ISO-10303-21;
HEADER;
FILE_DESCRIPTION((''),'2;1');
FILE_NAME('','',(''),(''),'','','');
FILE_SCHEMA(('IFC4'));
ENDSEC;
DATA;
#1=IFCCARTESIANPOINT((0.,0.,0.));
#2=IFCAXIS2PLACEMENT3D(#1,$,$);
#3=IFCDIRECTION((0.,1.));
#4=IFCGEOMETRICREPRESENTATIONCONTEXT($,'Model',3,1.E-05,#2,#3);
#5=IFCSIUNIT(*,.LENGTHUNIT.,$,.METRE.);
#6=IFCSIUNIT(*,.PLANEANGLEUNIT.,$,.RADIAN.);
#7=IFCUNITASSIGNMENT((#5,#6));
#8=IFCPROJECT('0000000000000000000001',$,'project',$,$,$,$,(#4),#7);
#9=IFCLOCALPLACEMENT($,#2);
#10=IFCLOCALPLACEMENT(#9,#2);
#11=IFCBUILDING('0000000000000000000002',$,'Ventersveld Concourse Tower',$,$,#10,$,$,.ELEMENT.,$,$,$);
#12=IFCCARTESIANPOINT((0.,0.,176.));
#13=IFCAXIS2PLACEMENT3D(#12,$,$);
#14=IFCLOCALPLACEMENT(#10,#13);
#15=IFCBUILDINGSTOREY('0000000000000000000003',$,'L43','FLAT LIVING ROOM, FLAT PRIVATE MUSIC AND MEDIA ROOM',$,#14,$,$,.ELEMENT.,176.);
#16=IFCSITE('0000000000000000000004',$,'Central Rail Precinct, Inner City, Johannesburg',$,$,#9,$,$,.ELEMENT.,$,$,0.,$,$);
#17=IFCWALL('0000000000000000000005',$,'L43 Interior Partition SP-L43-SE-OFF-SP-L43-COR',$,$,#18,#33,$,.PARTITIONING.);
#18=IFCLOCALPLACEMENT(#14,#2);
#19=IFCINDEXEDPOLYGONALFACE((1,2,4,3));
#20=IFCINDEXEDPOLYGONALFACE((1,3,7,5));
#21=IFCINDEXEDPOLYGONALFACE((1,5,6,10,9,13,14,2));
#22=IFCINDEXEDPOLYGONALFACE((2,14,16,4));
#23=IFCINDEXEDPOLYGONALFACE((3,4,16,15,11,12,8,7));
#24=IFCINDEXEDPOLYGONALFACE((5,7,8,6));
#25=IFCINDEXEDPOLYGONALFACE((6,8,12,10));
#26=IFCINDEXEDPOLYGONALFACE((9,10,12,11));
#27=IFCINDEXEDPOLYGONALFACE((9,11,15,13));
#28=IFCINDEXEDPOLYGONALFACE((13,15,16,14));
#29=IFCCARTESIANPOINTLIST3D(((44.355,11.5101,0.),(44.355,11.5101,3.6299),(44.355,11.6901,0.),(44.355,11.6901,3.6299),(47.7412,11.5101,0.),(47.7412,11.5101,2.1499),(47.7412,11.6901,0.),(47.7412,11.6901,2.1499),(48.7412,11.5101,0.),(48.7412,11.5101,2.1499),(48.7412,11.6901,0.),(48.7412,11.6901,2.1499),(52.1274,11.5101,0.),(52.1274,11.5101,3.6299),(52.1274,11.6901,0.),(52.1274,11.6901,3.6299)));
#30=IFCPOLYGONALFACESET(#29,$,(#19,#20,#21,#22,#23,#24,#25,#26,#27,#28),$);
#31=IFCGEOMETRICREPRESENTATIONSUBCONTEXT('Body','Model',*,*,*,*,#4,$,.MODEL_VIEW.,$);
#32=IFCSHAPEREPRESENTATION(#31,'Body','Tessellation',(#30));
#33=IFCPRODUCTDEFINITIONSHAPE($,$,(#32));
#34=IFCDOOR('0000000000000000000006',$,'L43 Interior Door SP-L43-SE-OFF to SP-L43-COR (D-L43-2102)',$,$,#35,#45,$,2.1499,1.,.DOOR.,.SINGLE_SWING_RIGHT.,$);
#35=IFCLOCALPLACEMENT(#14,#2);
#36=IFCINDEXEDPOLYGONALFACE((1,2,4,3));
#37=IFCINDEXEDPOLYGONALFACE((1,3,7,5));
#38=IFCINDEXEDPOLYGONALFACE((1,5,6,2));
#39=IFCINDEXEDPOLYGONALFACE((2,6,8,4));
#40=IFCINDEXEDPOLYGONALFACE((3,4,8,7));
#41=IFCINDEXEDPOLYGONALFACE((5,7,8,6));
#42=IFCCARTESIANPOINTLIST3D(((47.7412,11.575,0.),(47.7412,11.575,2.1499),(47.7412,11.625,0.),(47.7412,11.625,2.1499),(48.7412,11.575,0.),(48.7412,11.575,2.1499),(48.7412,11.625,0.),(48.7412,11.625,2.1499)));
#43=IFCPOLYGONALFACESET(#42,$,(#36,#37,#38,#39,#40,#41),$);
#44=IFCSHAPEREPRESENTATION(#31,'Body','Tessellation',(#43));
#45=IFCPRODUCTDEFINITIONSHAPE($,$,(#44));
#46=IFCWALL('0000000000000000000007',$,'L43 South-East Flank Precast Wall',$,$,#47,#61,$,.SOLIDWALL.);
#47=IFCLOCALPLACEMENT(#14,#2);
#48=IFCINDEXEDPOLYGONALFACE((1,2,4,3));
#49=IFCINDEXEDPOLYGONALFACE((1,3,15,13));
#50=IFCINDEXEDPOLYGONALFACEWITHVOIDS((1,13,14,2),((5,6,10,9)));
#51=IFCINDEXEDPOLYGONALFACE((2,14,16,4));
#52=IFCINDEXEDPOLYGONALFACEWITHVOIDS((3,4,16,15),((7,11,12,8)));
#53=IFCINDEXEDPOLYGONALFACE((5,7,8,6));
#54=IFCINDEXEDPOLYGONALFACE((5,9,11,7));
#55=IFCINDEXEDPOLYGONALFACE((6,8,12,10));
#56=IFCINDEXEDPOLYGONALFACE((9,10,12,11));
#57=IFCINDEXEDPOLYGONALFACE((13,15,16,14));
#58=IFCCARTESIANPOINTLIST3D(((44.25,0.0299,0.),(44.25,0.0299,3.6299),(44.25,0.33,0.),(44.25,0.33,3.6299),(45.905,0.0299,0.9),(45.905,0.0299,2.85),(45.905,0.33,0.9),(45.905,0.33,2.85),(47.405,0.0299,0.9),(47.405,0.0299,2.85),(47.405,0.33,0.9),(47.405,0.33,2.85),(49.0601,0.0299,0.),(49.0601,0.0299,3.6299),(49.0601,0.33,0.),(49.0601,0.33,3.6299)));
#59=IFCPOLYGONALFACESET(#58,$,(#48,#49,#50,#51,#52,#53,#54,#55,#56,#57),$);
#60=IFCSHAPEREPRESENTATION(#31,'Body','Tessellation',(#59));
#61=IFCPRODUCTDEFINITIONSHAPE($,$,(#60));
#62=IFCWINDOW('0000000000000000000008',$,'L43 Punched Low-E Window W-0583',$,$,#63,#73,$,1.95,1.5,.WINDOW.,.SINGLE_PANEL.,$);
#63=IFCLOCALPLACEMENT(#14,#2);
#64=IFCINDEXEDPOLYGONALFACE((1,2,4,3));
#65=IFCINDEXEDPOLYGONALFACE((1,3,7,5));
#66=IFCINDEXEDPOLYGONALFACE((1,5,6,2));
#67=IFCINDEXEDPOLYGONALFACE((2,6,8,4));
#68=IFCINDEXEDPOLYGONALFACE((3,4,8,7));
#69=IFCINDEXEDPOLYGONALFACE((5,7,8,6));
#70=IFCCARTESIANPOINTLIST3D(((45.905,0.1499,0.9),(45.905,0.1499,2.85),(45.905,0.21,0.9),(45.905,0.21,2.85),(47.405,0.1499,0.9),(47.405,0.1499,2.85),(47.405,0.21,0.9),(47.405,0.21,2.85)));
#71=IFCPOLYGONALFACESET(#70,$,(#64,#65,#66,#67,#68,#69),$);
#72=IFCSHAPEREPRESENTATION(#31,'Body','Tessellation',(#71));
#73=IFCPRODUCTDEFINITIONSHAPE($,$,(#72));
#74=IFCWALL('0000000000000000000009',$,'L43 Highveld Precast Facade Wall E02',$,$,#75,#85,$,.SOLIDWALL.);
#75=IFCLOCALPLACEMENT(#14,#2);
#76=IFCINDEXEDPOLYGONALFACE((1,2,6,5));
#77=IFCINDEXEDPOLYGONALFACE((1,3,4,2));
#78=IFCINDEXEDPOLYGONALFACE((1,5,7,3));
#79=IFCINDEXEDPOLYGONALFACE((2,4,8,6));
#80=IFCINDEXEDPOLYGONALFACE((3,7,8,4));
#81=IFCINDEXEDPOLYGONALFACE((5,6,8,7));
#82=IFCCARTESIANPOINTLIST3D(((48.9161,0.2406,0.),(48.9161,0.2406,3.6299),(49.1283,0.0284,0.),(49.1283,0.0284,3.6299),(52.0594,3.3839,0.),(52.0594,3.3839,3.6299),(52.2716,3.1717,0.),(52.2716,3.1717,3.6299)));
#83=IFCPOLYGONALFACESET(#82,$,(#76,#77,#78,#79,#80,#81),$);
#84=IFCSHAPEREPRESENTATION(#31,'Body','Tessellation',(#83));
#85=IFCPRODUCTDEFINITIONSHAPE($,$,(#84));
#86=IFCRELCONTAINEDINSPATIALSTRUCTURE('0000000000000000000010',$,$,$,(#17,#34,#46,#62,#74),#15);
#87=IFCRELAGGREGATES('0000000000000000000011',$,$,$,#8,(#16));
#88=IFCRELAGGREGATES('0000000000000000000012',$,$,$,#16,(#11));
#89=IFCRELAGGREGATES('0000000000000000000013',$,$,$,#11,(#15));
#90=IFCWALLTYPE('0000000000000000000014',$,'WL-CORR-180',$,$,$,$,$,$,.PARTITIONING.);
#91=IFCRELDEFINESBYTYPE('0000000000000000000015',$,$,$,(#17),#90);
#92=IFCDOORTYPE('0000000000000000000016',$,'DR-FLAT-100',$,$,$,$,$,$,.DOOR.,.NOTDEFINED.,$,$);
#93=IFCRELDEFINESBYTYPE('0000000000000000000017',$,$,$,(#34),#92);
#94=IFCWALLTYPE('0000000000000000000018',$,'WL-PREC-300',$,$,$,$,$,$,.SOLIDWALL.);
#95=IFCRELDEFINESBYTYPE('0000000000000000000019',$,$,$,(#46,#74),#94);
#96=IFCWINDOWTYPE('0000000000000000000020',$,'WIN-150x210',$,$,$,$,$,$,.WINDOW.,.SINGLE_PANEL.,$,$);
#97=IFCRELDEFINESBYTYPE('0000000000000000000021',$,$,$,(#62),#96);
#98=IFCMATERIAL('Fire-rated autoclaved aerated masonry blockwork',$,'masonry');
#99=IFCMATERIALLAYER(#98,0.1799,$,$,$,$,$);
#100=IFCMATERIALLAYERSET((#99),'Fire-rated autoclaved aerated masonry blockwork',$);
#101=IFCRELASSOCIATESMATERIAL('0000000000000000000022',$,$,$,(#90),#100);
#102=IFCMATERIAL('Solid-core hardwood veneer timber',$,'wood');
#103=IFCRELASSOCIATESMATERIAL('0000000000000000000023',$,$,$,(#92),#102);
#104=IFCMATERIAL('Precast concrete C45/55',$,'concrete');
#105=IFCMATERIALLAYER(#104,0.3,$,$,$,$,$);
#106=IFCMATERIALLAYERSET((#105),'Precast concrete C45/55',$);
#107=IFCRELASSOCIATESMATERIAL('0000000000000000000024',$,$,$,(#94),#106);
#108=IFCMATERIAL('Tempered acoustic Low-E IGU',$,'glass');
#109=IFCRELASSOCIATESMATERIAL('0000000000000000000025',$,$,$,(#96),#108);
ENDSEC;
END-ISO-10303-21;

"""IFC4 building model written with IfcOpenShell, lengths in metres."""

from ifc_helpers import new_model, si_unit, direction, frame, frame_2d, origin, place, context, subcontext, project, spatial, rectangle, extrude, material, layer, layer_set, type_object, element, fill, save


model = new_model("IFC4")

# Units and contexts
model_context = context("Model", 3, precision=1e-05, world=origin(), true_north=direction((0.0, 1.0)))
body_context = subcontext(model_context, "Body", "Model", "MODEL_VIEW")
ifc_project = project(units=[si_unit("LENGTHUNIT", "METRE"), si_unit("PLANEANGLEUNIT", "RADIAN")], contexts=[model_context])

# Site, building, storey
site_placement = place(None, origin())
site = spatial("IfcSite", under=ifc_project, at=site_placement, Name="Central Rail Precinct, Inner City, Johannesburg", CompositionType="ELEMENT", RefElevation=0.0)
building_placement = place(site_placement, origin())
building = spatial("IfcBuilding", under=site, at=building_placement, Name="Ventersveld Concourse Tower", CompositionType="ELEMENT")
storey_placement = place(building_placement, frame((0.0, 0.0, 176.0)))
storey = spatial("IfcBuildingStorey", under=building, at=storey_placement, Name="L43", Description="FLAT LIVING ROOM, FLAT PRIVATE MUSIC AND MEDIA ROOM", CompositionType="ELEMENT", Elevation=176.0)

# Wall, opening, door
ifc_material_1 = material(Name="Fire-rated autoclaved aerated masonry blockwork", Category="masonry")
ifc_layer_1 = layer(ifc_material_1, 0.1799)
ifc_layer_set_1 = layer_set([ifc_layer_1], Name="Fire-rated autoclaved aerated masonry blockwork")
wall_type_1 = type_object("IfcWallType", Name="WL-CORR-180", PredefinedType="PARTITIONING", material=ifc_layer_set_1)
wall_1_placement = place(storey_placement, frame((44.355, 11.6001, 0.0), z_axis=(0.0, 0.0, 1.0), x_axis=(1.0, 0.0, 0.0)))
wall_1 = element("IfcWall", 1, at=wall_1_placement, inside=storey, type_object=wall_type_1, Name="L43 Interior Partition SP-L43-SE-OFF-SP-L43-COR", PredefinedType="PARTITIONING", context=body_context, shape_type="SweptSolid", body=[
    extrude(rectangle(XDim=7.7725, YDim=0.1799, at=frame_2d((3.8862, 0.0))), origin(), (0.0, 0.0, 1.0), 3.6299),
])
opening_1_placement = place(wall_1_placement, frame((3.3862, 0.0, 0.0)))
opening_1 = element("IfcOpeningElement", 2, at=opening_1_placement, cuts=wall_1, PredefinedType="OPENING", context=body_context, shape_type="SweptSolid", body=[
    extrude(rectangle(XDim=1.0, YDim=2.1499, at=frame_2d((0.5, 1.075))), frame((0.0, 0.1001, 0.0), z_axis=(0.0, -1.0, 0.0), x_axis=(1.0, 0.0, 0.0)), (0.0, 0.0, 1.0), 0.2),
])
ifc_material_2 = material(Name="Solid-core hardwood veneer timber", Category="wood")
door_type = type_object("IfcDoorType", Name="DR-FLAT-100", OperationType="NOTDEFINED", PredefinedType="DOOR", material=ifc_material_2)
door_placement = place(opening_1_placement, origin())
door = element("IfcDoor", 3, at=door_placement, inside=storey, type_object=door_type, Name="L43 Interior Door SP-L43-SE-OFF to SP-L43-COR (D-L43-2102)", OperationType="SINGLE_SWING_RIGHT", OverallHeight=2.1499, OverallWidth=1.0, PredefinedType="DOOR", context=body_context, shape_type="SweptSolid", body=[
    extrude(rectangle(XDim=1.0, YDim=2.1499, at=frame_2d((0.5, 1.075))), frame((0.0, 0.0249, 0.0), z_axis=(0.0, -1.0, 0.0), x_axis=(1.0, 0.0, 0.0)), (0.0, 0.0, 1.0), 0.05),
])
fill(opening_1, door)

# Wall, opening, window
ifc_material_3 = material(Name="Precast concrete C45/55", Category="concrete")
ifc_layer_2 = layer(ifc_material_3, 0.3)
ifc_layer_set_2 = layer_set([ifc_layer_2], Name="Precast concrete C45/55")
wall_type_2 = type_object("IfcWallType", Name="WL-PREC-300", PredefinedType="SOLIDWALL", material=ifc_layer_set_2)
wall_2_placement = place(storey_placement, frame((44.25, 0.1799, 0.0), z_axis=(0.0, 0.0, 1.0), x_axis=(1.0, 0.0, 0.0)))
wall_2 = element("IfcWall", 4, at=wall_2_placement, inside=storey, type_object=wall_type_2, Name="L43 South-East Flank Precast Wall", PredefinedType="SOLIDWALL", context=body_context, shape_type="SweptSolid", body=[
    extrude(rectangle(XDim=4.8101, YDim=0.3, at=frame_2d((2.405, 0.0))), origin(), (0.0, 0.0, 1.0), 3.6299),
])
opening_2_placement = place(wall_2_placement, frame((1.655, 0.0, 0.8999)))
opening_2 = element("IfcOpeningElement", 5, at=opening_2_placement, cuts=wall_2, PredefinedType="OPENING", context=body_context, shape_type="SweptSolid", body=[
    extrude(rectangle(XDim=1.5, YDim=1.95, at=frame_2d((0.75, 0.9751))), frame((0.0, 0.1602, 0.0), z_axis=(0.0, -1.0, 0.0), x_axis=(1.0, 0.0, 0.0)), (0.0, 0.0, 1.0), 0.3201),
])
ifc_material_4 = material(Name="Tempered acoustic Low-E IGU", Category="glass")
window_type_1 = type_object("IfcWindowType", Name="WIN-150x210", PartitioningType="SINGLE_PANEL", PredefinedType="WINDOW", material=ifc_material_4)
window_1_placement = place(opening_2_placement, origin())
window_1 = element("IfcWindow", 6, at=window_1_placement, inside=storey, type_object=window_type_1, Name="L43 Punched Low-E Window W-0583", OverallHeight=1.95, OverallWidth=1.5, PartitioningType="SINGLE_PANEL", PredefinedType="WINDOW", context=body_context, shape_type="SweptSolid", body=[
    extrude(rectangle(XDim=1.5, YDim=1.95, at=frame_2d((0.75, 0.9751))), frame((0.0, 0.03, 0.0), z_axis=(0.0, -1.0, 0.0), x_axis=(1.0, 0.0, 0.0)), (0.0, 0.0, 1.0), 0.0601),
])
fill(opening_2, window_1)

# Wall
wall_3_placement = place(storey_placement, frame((49.0222, 0.1345, 0.0), z_axis=(0.0, 0.0, 1.0), x_axis=(0.707107, 0.707107, 0.0)))
element("IfcWall", 7, at=wall_3_placement, inside=storey, type_object=wall_type_2, Name="L43 Highveld Precast Facade Wall E02", PredefinedType="SOLIDWALL", context=body_context, shape_type="SweptSolid", body=[
    extrude(rectangle(XDim=4.4453, YDim=0.3, at=frame_2d((2.2227, 0.0))), origin(), (0.0, 0.0, 1.0), 3.6299),
])

save(model, "model.ifc")
